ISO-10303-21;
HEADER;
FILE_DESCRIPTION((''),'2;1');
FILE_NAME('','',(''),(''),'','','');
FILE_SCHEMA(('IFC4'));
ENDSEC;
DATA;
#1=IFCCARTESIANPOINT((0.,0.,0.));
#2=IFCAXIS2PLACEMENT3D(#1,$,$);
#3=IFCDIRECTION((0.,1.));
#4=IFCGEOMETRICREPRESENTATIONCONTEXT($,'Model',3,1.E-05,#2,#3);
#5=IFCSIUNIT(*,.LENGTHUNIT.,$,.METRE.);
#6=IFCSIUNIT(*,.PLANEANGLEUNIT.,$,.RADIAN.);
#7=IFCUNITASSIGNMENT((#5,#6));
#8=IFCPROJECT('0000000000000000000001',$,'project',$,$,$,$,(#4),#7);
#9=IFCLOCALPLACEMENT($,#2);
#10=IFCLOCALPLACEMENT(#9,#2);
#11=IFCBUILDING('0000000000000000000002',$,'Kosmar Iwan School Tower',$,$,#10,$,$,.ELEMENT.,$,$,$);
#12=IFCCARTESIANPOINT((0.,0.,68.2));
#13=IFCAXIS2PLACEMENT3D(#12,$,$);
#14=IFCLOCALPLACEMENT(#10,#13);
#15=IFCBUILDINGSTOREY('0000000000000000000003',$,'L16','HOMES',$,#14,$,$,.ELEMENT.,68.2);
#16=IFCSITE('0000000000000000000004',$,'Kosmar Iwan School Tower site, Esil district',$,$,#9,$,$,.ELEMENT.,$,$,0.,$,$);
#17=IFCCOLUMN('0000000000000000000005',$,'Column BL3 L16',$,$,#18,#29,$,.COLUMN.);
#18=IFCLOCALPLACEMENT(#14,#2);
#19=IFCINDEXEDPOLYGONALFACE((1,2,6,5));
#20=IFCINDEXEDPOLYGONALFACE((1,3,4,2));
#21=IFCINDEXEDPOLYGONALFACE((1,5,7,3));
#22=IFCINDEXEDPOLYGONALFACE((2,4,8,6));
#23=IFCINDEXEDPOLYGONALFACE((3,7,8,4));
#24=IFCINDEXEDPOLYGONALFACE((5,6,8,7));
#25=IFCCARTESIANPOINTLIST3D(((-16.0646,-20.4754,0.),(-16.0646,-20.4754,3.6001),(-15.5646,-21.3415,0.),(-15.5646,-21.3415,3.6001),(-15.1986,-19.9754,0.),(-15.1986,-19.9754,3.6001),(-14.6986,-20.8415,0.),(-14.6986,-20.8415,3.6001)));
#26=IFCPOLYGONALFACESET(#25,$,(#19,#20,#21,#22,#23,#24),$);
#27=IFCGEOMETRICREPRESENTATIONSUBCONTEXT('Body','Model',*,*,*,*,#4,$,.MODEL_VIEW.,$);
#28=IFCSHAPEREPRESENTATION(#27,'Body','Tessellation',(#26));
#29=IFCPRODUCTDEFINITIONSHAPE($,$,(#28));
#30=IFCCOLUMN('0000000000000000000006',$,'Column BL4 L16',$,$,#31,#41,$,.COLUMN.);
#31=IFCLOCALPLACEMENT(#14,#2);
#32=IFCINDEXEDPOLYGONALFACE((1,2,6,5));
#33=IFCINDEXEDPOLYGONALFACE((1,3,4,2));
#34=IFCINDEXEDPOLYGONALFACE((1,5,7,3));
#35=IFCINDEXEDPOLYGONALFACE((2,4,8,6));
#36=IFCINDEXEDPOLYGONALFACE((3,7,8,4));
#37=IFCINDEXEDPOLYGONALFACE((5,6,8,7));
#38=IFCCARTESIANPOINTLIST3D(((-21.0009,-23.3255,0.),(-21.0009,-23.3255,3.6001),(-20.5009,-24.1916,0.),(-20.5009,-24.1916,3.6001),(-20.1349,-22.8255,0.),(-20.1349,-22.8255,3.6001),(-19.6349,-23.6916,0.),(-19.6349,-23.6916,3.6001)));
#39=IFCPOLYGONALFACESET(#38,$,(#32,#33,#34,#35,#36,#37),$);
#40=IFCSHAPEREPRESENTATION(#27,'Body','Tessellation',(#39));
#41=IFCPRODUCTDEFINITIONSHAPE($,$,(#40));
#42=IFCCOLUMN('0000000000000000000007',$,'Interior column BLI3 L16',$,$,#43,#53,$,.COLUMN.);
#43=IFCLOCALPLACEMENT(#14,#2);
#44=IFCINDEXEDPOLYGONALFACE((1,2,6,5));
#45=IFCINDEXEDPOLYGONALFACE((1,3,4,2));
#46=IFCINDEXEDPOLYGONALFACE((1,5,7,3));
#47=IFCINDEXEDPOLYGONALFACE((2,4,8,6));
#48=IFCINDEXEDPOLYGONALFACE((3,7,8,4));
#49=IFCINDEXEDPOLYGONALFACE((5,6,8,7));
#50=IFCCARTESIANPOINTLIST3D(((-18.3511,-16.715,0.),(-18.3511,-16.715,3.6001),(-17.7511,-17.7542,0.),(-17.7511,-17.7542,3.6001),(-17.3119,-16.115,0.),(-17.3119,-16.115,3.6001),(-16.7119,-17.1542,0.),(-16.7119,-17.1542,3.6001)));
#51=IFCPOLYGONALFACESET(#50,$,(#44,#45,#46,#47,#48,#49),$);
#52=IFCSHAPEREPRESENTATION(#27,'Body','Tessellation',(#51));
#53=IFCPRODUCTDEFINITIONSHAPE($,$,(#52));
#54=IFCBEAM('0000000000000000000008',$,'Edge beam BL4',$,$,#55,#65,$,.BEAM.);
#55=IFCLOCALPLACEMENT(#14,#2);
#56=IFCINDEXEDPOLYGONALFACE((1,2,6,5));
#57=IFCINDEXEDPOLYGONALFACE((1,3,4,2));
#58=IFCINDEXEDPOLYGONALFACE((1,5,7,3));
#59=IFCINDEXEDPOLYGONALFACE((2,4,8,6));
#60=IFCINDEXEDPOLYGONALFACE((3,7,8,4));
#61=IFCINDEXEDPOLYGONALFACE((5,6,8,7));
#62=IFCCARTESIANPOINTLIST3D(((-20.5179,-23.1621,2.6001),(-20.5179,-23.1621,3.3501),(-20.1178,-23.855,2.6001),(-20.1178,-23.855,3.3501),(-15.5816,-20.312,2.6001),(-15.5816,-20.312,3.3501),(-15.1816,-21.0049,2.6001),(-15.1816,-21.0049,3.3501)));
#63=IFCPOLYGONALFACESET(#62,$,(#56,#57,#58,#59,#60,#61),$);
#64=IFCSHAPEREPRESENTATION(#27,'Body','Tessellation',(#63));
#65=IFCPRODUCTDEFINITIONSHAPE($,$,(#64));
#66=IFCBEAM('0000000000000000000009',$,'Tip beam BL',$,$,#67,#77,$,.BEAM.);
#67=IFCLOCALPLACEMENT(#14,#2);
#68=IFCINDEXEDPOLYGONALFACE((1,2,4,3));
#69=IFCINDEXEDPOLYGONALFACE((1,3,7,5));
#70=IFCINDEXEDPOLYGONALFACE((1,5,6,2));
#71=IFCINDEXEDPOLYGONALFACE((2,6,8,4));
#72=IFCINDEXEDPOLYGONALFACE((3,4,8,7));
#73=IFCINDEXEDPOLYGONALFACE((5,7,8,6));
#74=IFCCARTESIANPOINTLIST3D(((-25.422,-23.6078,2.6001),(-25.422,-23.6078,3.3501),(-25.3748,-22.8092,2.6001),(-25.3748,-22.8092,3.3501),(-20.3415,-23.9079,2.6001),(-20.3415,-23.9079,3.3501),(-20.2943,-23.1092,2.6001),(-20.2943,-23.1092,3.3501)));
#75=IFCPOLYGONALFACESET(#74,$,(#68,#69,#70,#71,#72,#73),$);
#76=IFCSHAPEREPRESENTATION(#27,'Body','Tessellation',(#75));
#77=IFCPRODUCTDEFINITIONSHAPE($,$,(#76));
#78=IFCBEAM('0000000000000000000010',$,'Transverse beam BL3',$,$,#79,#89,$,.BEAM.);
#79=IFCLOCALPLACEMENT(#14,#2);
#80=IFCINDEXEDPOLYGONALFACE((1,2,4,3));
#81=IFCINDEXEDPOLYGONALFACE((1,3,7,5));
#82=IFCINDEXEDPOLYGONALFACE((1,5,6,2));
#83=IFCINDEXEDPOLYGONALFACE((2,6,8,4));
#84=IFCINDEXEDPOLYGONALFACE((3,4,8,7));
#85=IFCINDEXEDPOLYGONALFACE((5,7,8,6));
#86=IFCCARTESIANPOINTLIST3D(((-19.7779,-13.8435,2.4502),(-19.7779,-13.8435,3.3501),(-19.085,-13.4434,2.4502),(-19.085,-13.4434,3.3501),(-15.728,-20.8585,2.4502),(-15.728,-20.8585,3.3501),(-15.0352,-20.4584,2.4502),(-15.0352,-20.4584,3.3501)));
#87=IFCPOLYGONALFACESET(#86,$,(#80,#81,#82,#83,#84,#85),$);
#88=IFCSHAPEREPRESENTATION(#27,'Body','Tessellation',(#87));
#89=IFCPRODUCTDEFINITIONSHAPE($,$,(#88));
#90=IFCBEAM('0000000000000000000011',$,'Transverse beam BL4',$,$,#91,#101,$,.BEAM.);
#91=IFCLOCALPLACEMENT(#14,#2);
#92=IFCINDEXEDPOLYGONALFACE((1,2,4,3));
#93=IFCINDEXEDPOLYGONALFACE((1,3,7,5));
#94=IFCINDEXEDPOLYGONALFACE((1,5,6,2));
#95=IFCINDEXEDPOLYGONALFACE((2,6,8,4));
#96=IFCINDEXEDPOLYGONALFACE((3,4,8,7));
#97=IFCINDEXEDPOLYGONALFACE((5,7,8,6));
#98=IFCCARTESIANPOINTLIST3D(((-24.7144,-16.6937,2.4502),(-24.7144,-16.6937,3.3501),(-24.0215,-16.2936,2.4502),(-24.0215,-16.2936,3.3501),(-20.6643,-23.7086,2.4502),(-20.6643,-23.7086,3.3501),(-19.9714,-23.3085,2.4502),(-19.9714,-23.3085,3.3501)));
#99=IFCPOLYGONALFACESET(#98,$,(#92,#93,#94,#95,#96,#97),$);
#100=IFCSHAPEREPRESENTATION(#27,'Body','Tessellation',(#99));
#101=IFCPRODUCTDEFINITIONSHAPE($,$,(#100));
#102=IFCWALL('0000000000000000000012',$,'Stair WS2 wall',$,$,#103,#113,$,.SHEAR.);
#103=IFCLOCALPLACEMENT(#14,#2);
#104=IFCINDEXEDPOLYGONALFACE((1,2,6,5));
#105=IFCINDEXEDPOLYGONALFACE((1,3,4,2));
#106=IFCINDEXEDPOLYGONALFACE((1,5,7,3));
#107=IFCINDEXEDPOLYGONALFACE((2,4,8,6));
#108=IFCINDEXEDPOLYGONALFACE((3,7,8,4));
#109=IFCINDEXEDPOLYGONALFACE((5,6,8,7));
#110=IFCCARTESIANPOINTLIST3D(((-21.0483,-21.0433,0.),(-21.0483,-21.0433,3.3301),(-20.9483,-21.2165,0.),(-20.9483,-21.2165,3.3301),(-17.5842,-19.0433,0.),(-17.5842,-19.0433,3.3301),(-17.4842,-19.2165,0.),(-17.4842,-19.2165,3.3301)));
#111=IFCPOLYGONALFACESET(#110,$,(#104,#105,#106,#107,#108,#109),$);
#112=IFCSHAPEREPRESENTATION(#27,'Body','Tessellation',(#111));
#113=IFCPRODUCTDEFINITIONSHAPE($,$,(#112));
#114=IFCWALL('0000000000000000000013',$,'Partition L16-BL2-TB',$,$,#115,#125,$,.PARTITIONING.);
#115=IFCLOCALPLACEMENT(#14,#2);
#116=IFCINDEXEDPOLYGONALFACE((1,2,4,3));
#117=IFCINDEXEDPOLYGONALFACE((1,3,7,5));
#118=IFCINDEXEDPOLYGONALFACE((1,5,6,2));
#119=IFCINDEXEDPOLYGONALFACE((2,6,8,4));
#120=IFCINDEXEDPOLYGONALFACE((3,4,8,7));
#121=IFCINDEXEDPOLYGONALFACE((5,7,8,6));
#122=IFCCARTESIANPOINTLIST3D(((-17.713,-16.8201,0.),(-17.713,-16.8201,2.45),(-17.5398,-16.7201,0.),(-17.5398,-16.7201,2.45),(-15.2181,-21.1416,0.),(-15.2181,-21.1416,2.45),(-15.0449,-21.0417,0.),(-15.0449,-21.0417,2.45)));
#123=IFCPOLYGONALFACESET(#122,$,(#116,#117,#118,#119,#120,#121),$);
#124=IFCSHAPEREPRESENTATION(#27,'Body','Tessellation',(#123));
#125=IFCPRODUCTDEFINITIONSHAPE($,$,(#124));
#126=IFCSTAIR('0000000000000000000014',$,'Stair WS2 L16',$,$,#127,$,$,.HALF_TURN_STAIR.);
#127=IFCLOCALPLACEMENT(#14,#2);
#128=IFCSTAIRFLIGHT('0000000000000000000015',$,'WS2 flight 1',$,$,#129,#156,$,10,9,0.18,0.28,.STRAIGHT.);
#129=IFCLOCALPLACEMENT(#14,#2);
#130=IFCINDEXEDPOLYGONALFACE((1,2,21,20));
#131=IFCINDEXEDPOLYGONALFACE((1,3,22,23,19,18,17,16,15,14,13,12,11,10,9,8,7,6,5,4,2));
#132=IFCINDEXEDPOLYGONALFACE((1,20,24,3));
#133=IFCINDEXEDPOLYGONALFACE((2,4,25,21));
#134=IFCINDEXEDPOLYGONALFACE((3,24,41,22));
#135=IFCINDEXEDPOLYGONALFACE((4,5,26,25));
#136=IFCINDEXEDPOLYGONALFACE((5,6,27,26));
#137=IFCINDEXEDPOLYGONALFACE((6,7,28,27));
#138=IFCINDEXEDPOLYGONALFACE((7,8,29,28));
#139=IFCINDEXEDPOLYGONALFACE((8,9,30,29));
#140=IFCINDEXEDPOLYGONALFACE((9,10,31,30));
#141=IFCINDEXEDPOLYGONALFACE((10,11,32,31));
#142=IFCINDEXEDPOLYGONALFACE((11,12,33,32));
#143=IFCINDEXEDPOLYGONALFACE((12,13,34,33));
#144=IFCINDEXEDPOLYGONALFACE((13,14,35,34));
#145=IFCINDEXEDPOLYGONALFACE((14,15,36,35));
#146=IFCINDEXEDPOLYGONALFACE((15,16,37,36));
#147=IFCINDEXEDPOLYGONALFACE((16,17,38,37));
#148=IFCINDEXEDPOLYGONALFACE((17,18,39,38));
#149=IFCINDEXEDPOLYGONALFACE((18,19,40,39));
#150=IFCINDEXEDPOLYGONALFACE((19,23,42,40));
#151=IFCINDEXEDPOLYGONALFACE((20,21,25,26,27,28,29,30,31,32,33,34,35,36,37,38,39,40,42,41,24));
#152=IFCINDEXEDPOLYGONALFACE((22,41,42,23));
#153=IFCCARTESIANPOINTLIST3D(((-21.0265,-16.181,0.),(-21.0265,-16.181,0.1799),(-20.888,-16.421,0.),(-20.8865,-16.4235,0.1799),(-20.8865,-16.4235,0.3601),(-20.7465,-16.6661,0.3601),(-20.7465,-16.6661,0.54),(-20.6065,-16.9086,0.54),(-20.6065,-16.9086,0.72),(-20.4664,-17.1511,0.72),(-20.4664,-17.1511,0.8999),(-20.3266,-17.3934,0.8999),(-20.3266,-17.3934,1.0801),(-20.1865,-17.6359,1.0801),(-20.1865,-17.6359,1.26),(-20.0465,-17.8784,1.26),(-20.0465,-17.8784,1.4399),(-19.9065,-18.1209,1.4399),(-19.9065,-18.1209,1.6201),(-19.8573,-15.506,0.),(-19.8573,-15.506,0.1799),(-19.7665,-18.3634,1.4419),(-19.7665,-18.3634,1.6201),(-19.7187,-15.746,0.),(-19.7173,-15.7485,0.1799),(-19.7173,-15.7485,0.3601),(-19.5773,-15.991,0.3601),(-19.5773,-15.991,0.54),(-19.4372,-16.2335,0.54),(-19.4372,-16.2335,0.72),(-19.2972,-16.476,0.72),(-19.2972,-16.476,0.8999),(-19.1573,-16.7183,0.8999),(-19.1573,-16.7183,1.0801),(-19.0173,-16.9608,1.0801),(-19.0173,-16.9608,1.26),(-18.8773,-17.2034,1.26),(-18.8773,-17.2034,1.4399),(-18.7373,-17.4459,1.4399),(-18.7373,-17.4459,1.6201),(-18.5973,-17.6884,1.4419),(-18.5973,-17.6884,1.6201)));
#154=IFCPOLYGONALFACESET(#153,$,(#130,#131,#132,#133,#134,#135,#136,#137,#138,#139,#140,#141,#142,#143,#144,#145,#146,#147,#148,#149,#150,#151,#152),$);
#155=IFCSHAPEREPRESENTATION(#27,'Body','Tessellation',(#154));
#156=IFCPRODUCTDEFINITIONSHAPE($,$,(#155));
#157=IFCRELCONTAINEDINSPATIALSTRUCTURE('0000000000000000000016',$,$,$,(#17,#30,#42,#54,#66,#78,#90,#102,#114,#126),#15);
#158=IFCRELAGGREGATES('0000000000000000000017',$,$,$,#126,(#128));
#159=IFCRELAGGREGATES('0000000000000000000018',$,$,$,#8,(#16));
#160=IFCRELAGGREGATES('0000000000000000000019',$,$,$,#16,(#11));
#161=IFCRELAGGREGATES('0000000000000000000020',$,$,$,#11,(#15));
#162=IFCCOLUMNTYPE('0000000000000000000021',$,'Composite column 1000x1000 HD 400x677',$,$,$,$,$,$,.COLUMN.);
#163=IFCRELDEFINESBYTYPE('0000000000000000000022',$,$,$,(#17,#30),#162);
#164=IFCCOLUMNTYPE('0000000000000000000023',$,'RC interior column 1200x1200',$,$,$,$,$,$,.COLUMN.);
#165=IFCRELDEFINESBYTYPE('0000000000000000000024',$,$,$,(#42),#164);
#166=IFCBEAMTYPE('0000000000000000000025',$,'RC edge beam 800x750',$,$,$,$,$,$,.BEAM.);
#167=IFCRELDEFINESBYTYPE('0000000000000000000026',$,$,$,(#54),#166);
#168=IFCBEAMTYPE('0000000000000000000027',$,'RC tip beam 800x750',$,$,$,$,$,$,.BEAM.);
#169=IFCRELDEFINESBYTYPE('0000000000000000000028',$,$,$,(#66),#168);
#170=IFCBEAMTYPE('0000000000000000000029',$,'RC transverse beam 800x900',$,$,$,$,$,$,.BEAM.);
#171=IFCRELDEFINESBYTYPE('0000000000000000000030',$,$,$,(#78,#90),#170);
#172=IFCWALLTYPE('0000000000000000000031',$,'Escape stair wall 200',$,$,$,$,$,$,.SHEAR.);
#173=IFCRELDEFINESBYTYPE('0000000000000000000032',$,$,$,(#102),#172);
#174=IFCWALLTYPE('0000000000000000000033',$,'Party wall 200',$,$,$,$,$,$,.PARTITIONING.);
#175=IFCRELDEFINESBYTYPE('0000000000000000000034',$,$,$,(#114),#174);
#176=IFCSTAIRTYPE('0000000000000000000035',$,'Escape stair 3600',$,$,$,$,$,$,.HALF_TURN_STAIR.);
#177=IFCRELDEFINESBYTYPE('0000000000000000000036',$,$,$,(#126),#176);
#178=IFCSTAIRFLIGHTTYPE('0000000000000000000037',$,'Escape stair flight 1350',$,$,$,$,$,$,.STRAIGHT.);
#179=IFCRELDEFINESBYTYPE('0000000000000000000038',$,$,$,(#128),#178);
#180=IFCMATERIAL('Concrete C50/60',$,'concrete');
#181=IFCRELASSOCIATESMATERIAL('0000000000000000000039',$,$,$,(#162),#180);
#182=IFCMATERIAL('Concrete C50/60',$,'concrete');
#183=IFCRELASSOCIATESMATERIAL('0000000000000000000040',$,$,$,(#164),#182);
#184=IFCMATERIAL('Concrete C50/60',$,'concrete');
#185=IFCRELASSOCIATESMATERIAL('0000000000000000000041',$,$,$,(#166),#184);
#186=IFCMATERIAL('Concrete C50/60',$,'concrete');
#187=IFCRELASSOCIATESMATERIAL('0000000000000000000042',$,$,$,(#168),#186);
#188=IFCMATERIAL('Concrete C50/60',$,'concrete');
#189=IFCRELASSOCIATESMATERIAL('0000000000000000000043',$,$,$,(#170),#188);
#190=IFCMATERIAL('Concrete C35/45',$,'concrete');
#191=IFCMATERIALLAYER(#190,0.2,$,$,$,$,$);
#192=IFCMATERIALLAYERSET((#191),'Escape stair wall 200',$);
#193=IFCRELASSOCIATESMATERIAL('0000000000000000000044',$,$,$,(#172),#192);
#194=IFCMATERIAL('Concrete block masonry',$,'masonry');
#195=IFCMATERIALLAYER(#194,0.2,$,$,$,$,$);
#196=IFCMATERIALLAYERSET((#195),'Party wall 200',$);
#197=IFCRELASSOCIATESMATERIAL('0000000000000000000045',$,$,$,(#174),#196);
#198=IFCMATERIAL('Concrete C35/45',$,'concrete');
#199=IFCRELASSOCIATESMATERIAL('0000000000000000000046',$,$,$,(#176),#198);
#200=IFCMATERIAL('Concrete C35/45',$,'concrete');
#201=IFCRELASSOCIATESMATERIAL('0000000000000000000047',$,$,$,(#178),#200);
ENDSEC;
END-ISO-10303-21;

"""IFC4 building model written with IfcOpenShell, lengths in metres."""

from ifc_helpers import new_model, si_unit, direction, frame, frame_2d, origin, origin_2d, place, context, subcontext, project, spatial, polyline, rectangle, outline, extrude, material, layer, layer_set, material_profile, profile_set, type_object, element, aggregate, save


model = new_model("IFC4")

# Units and contexts
model_context = context("Model", 3, precision=1e-05, world=origin(), true_north=direction((0.0, 1.0)))
body_context = subcontext(model_context, "Body", "Model", "MODEL_VIEW")
ifc_project = project(units=[si_unit("LENGTHUNIT", "METRE"), si_unit("PLANEANGLEUNIT", "RADIAN")], contexts=[model_context])

# Site, building, storey
site_placement = place(None, origin())
site = spatial("IfcSite", under=ifc_project, at=site_placement, Name="Kosmar Iwan School Tower site, Esil district", CompositionType="ELEMENT", RefElevation=0.0)
building_placement = place(site_placement, origin())
building = spatial("IfcBuilding", under=site, at=building_placement, Name="Kosmar Iwan School Tower", CompositionType="ELEMENT")
storey_placement = place(building_placement, frame((0.0, 0.0, 68.2)))
storey = spatial("IfcBuildingStorey", under=building, at=storey_placement, Name="L16", Description="HOMES", CompositionType="ELEMENT", Elevation=68.2)

# Columns
ifc_material_1 = material(Name="Concrete C50/60", Category="concrete")
ifc_material_profile_1 = material_profile(ifc_material_1, rectangle(XDim=1.0, YDim=1.0, at=origin_2d()), Name="RC 1000x1000 + HD 400x677")
ifc_profile_set_1 = profile_set([ifc_material_profile_1], Name="Concrete C50/60")
column_type_1 = type_object("IfcColumnType", Name="Composite column 1000x1000 HD 400x677", PredefinedType="COLUMN", material=ifc_profile_set_1)
for number, where, z_axis, x_axis, name in (
    (1, (-15.3816, -20.6584, 0.0), (0.0, 0.0, 1.0), (-0.866025, -0.5, 0.0), "Column BL3 L16"),
    (2, (-20.3179, -23.5085, 0.0), (0.0, 0.0, 1.0), (-0.866025, -0.5, 0.0), "Column BL4 L16"),
):
    element("IfcColumn", number, at=place(storey_placement, frame(where, z_axis=z_axis, x_axis=x_axis)), inside=storey, type_object=column_type_1, Name=name, PredefinedType="COLUMN", context=body_context, shape_type="SweptSolid", body=[
        extrude(rectangle(XDim=1.0, YDim=1.0, at=origin_2d()), origin(), (0.0, 0.0, 1.0), 3.6001),
    ])
ifc_material_2 = material(Name="Concrete C50/60", Category="concrete")
ifc_material_profile_2 = material_profile(ifc_material_2, rectangle(XDim=1.2, YDim=1.2, at=origin_2d()), Name="RC 1200x1200")
ifc_profile_set_2 = profile_set([ifc_material_profile_2], Name="Concrete C50/60")
column_type_2 = type_object("IfcColumnType", Name="RC interior column 1200x1200", PredefinedType="COLUMN", material=ifc_profile_set_2)
column_placement = place(storey_placement, frame((-17.5315, -16.9346, 0.0), z_axis=(0.0, 0.0, 1.0), x_axis=(-0.866025, -0.5, 0.0)))
element("IfcColumn", 3, at=column_placement, inside=storey, type_object=column_type_2, Name="Interior column BLI3 L16", PredefinedType="COLUMN", context=body_context, shape_type="SweptSolid", body=[
    extrude(rectangle(XDim=1.2, YDim=1.2, at=origin_2d()), origin(), (0.0, 0.0, 1.0), 3.6001),
])

# Beams
ifc_material_3 = material(Name="Concrete C50/60", Category="concrete")
ifc_material_profile_3 = material_profile(ifc_material_3, rectangle(XDim=0.8, YDim=0.75, at=origin_2d()), Name="RC 800x750")
ifc_profile_set_3 = profile_set([ifc_material_profile_3], Name="Concrete C50/60")
beam_type_1 = type_object("IfcBeamType", Name="RC edge beam 800x750", PredefinedType="BEAM", material=ifc_profile_set_3)
beam_1_placement = place(storey_placement, frame((-15.3816, -20.6584, 2.9751), z_axis=(-0.866015, -0.500018, 0.0), x_axis=(0.500018, -0.866015, 0.0)))
element("IfcBeam", 4, at=beam_1_placement, inside=storey, type_object=beam_type_1, Name="Edge beam BL4", PredefinedType="BEAM", context=body_context, shape_type="SweptSolid", body=[
    extrude(rectangle(XDim=0.8, YDim=0.75, at=origin_2d()), origin(), (0.0, 0.0, 1.0), 5.7),
])
ifc_material_4 = material(Name="Concrete C50/60", Category="concrete")
ifc_material_profile_4 = material_profile(ifc_material_4, rectangle(XDim=0.8, YDim=0.75, at=origin_2d()), Name="RC 800x750")
ifc_profile_set_4 = profile_set([ifc_material_profile_4], Name="Concrete C50/60")
beam_type_2 = type_object("IfcBeamType", Name="RC tip beam 800x750", PredefinedType="BEAM", material=ifc_profile_set_4)
beam_2_placement = place(storey_placement, frame((-20.3179, -23.5085, 2.9751), z_axis=(-0.998261, 0.058955, 0.0), x_axis=(-0.058955, -0.998261, 0.0)))
element("IfcBeam", 5, at=beam_2_placement, inside=storey, type_object=beam_type_2, Name="Tip beam BL", PredefinedType="BEAM", context=body_context, shape_type="SweptSolid", body=[
    extrude(rectangle(XDim=0.8, YDim=0.75, at=origin_2d()), origin(), (0.0, 0.0, 1.0), 5.0894),
])
ifc_material_5 = material(Name="Concrete C50/60", Category="concrete")
ifc_material_profile_5 = material_profile(ifc_material_5, rectangle(XDim=0.8, YDim=0.8999, at=origin_2d()), Name="RC 800x900")
ifc_profile_set_5 = profile_set([ifc_material_profile_5], Name="Concrete C50/60")
beam_type_3 = type_object("IfcBeamType", Name="RC transverse beam 800x900", PredefinedType="BEAM", material=ifc_profile_set_5)
for number, where, z_axis, x_axis, name in (
    (6, (-15.3816, -20.6584, 2.9001), (-0.499977, 0.866039, 0.0), (-0.866039, -0.499977, 0.0), "Transverse beam BL3"),
    (7, (-20.3179, -23.5085, 2.9001), (-0.5, 0.866025, 0.0), (-0.866025, -0.5, 0.0), "Transverse beam BL4"),
):
    element("IfcBeam", number, at=place(storey_placement, frame(where, z_axis=z_axis, x_axis=x_axis)), inside=storey, type_object=beam_type_3, Name=name, PredefinedType="BEAM", context=body_context, shape_type="SweptSolid", body=[
        extrude(rectangle(XDim=0.8, YDim=0.8999, at=origin_2d()), origin(), (0.0, 0.0, 1.0), 8.1001),
    ])

# Walls
ifc_material_6 = material(Name="Concrete C35/45", Category="concrete")
ifc_layer_1 = layer(ifc_material_6, 0.2)
ifc_layer_set_1 = layer_set([ifc_layer_1], Name="Escape stair wall 200")
wall_type_1 = type_object("IfcWallType", Name="Escape stair wall 200", PredefinedType="SHEAR", material=ifc_layer_set_1)
wall_1_placement = place(storey_placement, frame((-17.5342, -19.1299, 0.0), z_axis=(0.0, 0.0, 1.0), x_axis=(-0.866026, -0.499999, 0.0)))
element("IfcWall", 8, at=wall_1_placement, inside=storey, type_object=wall_type_1, Name="Stair WS2 wall", PredefinedType="SHEAR", context=body_context, shape_type="SweptSolid", body=[
    extrude(rectangle(XDim=4.0, YDim=0.2, at=frame_2d((2.0, 0.0))), origin(), (0.0, 0.0, 1.0), 3.3301),
])
ifc_material_7 = material(Name="Concrete block masonry", Category="masonry")
ifc_layer_2 = layer(ifc_material_7, 0.2)
ifc_layer_set_2 = layer_set([ifc_layer_2], Name="Party wall 200")
wall_type_2 = type_object("IfcWallType", Name="Party wall 200", PredefinedType="PARTITIONING", material=ifc_layer_set_2)
wall_2_placement = place(storey_placement, frame((-17.6265, -16.77, 0.0), z_axis=(0.0, 0.0, 1.0), x_axis=(0.499975, -0.86604, 0.0)))
element("IfcWall", 9, at=wall_2_placement, inside=storey, type_object=wall_type_2, Name="Partition L16-BL2-TB", PredefinedType="PARTITIONING", context=body_context, shape_type="SweptSolid", body=[
    extrude(rectangle(XDim=4.99, YDim=0.2, at=frame_2d((2.4951, 0.0))), origin(), (0.0, 0.0, 1.0), 2.45),
])

# Stair, stair flight
ifc_material_8 = material(Name="Concrete C35/45", Category="concrete")
stair_type = type_object("IfcStairType", Name="Escape stair 3600", PredefinedType="HALF_TURN_STAIR", material=ifc_material_8)
stair_placement = place(storey_placement, origin())
stair = element("IfcStair", 10, at=stair_placement, inside=storey, type_object=stair_type, Name="Stair WS2 L16", PredefinedType="HALF_TURN_STAIR")
ifc_material_9 = material(Name="Concrete C35/45", Category="concrete")
stair_flight_type = type_object("IfcStairFlightType", Name="Escape stair flight 1350", PredefinedType="STRAIGHT", material=ifc_material_9)
stair_flight_1_placement = place(storey_placement, frame((-20.4419, -15.8435, 0.0), z_axis=(0.0, 0.0, 1.0), x_axis=(0.5, -0.866025, 0.0)))
stair_flight_1 = element("IfcStairFlight", 11, at=stair_flight_1_placement, type_object=stair_flight_type, Name="WS2 flight 1", NumberOfRisers=10, NumberOfTreads=9, PredefinedType="STRAIGHT", RiserHeight=0.18, TreadLength=0.28, context=body_context, shape_type="SweptSolid", body=[
    extrude(outline(polyline([(0.0, 0.0), (0.0, 0.1799), (0.28, 0.1799), (0.28, 0.3601), (0.5601, 0.3601), (0.5601, 0.54), (0.8401, 0.54), (0.8401, 0.72), (1.1201, 0.72), (1.1201, 0.8999), (1.3999, 0.8999), (1.3999, 1.0801), (1.6799, 1.0801), (1.6799, 1.26), (1.96, 1.26), (1.96, 1.4399), (2.24, 1.4399), (2.24, 1.6201), (2.52, 1.6201), (2.52, 1.8), (2.52, 1.4419), (0.2771, 0.0), (0.0, 0.0)])), frame((0.0, 0.675, 0.0), z_axis=(0.0, -1.0, 0.0), x_axis=(1.0, 0.0, 0.0)), (0.0, 0.0, 1.0), 1.3501),
])
aggregate(stair, [stair_flight_1])

save(model, "model.ifc")
